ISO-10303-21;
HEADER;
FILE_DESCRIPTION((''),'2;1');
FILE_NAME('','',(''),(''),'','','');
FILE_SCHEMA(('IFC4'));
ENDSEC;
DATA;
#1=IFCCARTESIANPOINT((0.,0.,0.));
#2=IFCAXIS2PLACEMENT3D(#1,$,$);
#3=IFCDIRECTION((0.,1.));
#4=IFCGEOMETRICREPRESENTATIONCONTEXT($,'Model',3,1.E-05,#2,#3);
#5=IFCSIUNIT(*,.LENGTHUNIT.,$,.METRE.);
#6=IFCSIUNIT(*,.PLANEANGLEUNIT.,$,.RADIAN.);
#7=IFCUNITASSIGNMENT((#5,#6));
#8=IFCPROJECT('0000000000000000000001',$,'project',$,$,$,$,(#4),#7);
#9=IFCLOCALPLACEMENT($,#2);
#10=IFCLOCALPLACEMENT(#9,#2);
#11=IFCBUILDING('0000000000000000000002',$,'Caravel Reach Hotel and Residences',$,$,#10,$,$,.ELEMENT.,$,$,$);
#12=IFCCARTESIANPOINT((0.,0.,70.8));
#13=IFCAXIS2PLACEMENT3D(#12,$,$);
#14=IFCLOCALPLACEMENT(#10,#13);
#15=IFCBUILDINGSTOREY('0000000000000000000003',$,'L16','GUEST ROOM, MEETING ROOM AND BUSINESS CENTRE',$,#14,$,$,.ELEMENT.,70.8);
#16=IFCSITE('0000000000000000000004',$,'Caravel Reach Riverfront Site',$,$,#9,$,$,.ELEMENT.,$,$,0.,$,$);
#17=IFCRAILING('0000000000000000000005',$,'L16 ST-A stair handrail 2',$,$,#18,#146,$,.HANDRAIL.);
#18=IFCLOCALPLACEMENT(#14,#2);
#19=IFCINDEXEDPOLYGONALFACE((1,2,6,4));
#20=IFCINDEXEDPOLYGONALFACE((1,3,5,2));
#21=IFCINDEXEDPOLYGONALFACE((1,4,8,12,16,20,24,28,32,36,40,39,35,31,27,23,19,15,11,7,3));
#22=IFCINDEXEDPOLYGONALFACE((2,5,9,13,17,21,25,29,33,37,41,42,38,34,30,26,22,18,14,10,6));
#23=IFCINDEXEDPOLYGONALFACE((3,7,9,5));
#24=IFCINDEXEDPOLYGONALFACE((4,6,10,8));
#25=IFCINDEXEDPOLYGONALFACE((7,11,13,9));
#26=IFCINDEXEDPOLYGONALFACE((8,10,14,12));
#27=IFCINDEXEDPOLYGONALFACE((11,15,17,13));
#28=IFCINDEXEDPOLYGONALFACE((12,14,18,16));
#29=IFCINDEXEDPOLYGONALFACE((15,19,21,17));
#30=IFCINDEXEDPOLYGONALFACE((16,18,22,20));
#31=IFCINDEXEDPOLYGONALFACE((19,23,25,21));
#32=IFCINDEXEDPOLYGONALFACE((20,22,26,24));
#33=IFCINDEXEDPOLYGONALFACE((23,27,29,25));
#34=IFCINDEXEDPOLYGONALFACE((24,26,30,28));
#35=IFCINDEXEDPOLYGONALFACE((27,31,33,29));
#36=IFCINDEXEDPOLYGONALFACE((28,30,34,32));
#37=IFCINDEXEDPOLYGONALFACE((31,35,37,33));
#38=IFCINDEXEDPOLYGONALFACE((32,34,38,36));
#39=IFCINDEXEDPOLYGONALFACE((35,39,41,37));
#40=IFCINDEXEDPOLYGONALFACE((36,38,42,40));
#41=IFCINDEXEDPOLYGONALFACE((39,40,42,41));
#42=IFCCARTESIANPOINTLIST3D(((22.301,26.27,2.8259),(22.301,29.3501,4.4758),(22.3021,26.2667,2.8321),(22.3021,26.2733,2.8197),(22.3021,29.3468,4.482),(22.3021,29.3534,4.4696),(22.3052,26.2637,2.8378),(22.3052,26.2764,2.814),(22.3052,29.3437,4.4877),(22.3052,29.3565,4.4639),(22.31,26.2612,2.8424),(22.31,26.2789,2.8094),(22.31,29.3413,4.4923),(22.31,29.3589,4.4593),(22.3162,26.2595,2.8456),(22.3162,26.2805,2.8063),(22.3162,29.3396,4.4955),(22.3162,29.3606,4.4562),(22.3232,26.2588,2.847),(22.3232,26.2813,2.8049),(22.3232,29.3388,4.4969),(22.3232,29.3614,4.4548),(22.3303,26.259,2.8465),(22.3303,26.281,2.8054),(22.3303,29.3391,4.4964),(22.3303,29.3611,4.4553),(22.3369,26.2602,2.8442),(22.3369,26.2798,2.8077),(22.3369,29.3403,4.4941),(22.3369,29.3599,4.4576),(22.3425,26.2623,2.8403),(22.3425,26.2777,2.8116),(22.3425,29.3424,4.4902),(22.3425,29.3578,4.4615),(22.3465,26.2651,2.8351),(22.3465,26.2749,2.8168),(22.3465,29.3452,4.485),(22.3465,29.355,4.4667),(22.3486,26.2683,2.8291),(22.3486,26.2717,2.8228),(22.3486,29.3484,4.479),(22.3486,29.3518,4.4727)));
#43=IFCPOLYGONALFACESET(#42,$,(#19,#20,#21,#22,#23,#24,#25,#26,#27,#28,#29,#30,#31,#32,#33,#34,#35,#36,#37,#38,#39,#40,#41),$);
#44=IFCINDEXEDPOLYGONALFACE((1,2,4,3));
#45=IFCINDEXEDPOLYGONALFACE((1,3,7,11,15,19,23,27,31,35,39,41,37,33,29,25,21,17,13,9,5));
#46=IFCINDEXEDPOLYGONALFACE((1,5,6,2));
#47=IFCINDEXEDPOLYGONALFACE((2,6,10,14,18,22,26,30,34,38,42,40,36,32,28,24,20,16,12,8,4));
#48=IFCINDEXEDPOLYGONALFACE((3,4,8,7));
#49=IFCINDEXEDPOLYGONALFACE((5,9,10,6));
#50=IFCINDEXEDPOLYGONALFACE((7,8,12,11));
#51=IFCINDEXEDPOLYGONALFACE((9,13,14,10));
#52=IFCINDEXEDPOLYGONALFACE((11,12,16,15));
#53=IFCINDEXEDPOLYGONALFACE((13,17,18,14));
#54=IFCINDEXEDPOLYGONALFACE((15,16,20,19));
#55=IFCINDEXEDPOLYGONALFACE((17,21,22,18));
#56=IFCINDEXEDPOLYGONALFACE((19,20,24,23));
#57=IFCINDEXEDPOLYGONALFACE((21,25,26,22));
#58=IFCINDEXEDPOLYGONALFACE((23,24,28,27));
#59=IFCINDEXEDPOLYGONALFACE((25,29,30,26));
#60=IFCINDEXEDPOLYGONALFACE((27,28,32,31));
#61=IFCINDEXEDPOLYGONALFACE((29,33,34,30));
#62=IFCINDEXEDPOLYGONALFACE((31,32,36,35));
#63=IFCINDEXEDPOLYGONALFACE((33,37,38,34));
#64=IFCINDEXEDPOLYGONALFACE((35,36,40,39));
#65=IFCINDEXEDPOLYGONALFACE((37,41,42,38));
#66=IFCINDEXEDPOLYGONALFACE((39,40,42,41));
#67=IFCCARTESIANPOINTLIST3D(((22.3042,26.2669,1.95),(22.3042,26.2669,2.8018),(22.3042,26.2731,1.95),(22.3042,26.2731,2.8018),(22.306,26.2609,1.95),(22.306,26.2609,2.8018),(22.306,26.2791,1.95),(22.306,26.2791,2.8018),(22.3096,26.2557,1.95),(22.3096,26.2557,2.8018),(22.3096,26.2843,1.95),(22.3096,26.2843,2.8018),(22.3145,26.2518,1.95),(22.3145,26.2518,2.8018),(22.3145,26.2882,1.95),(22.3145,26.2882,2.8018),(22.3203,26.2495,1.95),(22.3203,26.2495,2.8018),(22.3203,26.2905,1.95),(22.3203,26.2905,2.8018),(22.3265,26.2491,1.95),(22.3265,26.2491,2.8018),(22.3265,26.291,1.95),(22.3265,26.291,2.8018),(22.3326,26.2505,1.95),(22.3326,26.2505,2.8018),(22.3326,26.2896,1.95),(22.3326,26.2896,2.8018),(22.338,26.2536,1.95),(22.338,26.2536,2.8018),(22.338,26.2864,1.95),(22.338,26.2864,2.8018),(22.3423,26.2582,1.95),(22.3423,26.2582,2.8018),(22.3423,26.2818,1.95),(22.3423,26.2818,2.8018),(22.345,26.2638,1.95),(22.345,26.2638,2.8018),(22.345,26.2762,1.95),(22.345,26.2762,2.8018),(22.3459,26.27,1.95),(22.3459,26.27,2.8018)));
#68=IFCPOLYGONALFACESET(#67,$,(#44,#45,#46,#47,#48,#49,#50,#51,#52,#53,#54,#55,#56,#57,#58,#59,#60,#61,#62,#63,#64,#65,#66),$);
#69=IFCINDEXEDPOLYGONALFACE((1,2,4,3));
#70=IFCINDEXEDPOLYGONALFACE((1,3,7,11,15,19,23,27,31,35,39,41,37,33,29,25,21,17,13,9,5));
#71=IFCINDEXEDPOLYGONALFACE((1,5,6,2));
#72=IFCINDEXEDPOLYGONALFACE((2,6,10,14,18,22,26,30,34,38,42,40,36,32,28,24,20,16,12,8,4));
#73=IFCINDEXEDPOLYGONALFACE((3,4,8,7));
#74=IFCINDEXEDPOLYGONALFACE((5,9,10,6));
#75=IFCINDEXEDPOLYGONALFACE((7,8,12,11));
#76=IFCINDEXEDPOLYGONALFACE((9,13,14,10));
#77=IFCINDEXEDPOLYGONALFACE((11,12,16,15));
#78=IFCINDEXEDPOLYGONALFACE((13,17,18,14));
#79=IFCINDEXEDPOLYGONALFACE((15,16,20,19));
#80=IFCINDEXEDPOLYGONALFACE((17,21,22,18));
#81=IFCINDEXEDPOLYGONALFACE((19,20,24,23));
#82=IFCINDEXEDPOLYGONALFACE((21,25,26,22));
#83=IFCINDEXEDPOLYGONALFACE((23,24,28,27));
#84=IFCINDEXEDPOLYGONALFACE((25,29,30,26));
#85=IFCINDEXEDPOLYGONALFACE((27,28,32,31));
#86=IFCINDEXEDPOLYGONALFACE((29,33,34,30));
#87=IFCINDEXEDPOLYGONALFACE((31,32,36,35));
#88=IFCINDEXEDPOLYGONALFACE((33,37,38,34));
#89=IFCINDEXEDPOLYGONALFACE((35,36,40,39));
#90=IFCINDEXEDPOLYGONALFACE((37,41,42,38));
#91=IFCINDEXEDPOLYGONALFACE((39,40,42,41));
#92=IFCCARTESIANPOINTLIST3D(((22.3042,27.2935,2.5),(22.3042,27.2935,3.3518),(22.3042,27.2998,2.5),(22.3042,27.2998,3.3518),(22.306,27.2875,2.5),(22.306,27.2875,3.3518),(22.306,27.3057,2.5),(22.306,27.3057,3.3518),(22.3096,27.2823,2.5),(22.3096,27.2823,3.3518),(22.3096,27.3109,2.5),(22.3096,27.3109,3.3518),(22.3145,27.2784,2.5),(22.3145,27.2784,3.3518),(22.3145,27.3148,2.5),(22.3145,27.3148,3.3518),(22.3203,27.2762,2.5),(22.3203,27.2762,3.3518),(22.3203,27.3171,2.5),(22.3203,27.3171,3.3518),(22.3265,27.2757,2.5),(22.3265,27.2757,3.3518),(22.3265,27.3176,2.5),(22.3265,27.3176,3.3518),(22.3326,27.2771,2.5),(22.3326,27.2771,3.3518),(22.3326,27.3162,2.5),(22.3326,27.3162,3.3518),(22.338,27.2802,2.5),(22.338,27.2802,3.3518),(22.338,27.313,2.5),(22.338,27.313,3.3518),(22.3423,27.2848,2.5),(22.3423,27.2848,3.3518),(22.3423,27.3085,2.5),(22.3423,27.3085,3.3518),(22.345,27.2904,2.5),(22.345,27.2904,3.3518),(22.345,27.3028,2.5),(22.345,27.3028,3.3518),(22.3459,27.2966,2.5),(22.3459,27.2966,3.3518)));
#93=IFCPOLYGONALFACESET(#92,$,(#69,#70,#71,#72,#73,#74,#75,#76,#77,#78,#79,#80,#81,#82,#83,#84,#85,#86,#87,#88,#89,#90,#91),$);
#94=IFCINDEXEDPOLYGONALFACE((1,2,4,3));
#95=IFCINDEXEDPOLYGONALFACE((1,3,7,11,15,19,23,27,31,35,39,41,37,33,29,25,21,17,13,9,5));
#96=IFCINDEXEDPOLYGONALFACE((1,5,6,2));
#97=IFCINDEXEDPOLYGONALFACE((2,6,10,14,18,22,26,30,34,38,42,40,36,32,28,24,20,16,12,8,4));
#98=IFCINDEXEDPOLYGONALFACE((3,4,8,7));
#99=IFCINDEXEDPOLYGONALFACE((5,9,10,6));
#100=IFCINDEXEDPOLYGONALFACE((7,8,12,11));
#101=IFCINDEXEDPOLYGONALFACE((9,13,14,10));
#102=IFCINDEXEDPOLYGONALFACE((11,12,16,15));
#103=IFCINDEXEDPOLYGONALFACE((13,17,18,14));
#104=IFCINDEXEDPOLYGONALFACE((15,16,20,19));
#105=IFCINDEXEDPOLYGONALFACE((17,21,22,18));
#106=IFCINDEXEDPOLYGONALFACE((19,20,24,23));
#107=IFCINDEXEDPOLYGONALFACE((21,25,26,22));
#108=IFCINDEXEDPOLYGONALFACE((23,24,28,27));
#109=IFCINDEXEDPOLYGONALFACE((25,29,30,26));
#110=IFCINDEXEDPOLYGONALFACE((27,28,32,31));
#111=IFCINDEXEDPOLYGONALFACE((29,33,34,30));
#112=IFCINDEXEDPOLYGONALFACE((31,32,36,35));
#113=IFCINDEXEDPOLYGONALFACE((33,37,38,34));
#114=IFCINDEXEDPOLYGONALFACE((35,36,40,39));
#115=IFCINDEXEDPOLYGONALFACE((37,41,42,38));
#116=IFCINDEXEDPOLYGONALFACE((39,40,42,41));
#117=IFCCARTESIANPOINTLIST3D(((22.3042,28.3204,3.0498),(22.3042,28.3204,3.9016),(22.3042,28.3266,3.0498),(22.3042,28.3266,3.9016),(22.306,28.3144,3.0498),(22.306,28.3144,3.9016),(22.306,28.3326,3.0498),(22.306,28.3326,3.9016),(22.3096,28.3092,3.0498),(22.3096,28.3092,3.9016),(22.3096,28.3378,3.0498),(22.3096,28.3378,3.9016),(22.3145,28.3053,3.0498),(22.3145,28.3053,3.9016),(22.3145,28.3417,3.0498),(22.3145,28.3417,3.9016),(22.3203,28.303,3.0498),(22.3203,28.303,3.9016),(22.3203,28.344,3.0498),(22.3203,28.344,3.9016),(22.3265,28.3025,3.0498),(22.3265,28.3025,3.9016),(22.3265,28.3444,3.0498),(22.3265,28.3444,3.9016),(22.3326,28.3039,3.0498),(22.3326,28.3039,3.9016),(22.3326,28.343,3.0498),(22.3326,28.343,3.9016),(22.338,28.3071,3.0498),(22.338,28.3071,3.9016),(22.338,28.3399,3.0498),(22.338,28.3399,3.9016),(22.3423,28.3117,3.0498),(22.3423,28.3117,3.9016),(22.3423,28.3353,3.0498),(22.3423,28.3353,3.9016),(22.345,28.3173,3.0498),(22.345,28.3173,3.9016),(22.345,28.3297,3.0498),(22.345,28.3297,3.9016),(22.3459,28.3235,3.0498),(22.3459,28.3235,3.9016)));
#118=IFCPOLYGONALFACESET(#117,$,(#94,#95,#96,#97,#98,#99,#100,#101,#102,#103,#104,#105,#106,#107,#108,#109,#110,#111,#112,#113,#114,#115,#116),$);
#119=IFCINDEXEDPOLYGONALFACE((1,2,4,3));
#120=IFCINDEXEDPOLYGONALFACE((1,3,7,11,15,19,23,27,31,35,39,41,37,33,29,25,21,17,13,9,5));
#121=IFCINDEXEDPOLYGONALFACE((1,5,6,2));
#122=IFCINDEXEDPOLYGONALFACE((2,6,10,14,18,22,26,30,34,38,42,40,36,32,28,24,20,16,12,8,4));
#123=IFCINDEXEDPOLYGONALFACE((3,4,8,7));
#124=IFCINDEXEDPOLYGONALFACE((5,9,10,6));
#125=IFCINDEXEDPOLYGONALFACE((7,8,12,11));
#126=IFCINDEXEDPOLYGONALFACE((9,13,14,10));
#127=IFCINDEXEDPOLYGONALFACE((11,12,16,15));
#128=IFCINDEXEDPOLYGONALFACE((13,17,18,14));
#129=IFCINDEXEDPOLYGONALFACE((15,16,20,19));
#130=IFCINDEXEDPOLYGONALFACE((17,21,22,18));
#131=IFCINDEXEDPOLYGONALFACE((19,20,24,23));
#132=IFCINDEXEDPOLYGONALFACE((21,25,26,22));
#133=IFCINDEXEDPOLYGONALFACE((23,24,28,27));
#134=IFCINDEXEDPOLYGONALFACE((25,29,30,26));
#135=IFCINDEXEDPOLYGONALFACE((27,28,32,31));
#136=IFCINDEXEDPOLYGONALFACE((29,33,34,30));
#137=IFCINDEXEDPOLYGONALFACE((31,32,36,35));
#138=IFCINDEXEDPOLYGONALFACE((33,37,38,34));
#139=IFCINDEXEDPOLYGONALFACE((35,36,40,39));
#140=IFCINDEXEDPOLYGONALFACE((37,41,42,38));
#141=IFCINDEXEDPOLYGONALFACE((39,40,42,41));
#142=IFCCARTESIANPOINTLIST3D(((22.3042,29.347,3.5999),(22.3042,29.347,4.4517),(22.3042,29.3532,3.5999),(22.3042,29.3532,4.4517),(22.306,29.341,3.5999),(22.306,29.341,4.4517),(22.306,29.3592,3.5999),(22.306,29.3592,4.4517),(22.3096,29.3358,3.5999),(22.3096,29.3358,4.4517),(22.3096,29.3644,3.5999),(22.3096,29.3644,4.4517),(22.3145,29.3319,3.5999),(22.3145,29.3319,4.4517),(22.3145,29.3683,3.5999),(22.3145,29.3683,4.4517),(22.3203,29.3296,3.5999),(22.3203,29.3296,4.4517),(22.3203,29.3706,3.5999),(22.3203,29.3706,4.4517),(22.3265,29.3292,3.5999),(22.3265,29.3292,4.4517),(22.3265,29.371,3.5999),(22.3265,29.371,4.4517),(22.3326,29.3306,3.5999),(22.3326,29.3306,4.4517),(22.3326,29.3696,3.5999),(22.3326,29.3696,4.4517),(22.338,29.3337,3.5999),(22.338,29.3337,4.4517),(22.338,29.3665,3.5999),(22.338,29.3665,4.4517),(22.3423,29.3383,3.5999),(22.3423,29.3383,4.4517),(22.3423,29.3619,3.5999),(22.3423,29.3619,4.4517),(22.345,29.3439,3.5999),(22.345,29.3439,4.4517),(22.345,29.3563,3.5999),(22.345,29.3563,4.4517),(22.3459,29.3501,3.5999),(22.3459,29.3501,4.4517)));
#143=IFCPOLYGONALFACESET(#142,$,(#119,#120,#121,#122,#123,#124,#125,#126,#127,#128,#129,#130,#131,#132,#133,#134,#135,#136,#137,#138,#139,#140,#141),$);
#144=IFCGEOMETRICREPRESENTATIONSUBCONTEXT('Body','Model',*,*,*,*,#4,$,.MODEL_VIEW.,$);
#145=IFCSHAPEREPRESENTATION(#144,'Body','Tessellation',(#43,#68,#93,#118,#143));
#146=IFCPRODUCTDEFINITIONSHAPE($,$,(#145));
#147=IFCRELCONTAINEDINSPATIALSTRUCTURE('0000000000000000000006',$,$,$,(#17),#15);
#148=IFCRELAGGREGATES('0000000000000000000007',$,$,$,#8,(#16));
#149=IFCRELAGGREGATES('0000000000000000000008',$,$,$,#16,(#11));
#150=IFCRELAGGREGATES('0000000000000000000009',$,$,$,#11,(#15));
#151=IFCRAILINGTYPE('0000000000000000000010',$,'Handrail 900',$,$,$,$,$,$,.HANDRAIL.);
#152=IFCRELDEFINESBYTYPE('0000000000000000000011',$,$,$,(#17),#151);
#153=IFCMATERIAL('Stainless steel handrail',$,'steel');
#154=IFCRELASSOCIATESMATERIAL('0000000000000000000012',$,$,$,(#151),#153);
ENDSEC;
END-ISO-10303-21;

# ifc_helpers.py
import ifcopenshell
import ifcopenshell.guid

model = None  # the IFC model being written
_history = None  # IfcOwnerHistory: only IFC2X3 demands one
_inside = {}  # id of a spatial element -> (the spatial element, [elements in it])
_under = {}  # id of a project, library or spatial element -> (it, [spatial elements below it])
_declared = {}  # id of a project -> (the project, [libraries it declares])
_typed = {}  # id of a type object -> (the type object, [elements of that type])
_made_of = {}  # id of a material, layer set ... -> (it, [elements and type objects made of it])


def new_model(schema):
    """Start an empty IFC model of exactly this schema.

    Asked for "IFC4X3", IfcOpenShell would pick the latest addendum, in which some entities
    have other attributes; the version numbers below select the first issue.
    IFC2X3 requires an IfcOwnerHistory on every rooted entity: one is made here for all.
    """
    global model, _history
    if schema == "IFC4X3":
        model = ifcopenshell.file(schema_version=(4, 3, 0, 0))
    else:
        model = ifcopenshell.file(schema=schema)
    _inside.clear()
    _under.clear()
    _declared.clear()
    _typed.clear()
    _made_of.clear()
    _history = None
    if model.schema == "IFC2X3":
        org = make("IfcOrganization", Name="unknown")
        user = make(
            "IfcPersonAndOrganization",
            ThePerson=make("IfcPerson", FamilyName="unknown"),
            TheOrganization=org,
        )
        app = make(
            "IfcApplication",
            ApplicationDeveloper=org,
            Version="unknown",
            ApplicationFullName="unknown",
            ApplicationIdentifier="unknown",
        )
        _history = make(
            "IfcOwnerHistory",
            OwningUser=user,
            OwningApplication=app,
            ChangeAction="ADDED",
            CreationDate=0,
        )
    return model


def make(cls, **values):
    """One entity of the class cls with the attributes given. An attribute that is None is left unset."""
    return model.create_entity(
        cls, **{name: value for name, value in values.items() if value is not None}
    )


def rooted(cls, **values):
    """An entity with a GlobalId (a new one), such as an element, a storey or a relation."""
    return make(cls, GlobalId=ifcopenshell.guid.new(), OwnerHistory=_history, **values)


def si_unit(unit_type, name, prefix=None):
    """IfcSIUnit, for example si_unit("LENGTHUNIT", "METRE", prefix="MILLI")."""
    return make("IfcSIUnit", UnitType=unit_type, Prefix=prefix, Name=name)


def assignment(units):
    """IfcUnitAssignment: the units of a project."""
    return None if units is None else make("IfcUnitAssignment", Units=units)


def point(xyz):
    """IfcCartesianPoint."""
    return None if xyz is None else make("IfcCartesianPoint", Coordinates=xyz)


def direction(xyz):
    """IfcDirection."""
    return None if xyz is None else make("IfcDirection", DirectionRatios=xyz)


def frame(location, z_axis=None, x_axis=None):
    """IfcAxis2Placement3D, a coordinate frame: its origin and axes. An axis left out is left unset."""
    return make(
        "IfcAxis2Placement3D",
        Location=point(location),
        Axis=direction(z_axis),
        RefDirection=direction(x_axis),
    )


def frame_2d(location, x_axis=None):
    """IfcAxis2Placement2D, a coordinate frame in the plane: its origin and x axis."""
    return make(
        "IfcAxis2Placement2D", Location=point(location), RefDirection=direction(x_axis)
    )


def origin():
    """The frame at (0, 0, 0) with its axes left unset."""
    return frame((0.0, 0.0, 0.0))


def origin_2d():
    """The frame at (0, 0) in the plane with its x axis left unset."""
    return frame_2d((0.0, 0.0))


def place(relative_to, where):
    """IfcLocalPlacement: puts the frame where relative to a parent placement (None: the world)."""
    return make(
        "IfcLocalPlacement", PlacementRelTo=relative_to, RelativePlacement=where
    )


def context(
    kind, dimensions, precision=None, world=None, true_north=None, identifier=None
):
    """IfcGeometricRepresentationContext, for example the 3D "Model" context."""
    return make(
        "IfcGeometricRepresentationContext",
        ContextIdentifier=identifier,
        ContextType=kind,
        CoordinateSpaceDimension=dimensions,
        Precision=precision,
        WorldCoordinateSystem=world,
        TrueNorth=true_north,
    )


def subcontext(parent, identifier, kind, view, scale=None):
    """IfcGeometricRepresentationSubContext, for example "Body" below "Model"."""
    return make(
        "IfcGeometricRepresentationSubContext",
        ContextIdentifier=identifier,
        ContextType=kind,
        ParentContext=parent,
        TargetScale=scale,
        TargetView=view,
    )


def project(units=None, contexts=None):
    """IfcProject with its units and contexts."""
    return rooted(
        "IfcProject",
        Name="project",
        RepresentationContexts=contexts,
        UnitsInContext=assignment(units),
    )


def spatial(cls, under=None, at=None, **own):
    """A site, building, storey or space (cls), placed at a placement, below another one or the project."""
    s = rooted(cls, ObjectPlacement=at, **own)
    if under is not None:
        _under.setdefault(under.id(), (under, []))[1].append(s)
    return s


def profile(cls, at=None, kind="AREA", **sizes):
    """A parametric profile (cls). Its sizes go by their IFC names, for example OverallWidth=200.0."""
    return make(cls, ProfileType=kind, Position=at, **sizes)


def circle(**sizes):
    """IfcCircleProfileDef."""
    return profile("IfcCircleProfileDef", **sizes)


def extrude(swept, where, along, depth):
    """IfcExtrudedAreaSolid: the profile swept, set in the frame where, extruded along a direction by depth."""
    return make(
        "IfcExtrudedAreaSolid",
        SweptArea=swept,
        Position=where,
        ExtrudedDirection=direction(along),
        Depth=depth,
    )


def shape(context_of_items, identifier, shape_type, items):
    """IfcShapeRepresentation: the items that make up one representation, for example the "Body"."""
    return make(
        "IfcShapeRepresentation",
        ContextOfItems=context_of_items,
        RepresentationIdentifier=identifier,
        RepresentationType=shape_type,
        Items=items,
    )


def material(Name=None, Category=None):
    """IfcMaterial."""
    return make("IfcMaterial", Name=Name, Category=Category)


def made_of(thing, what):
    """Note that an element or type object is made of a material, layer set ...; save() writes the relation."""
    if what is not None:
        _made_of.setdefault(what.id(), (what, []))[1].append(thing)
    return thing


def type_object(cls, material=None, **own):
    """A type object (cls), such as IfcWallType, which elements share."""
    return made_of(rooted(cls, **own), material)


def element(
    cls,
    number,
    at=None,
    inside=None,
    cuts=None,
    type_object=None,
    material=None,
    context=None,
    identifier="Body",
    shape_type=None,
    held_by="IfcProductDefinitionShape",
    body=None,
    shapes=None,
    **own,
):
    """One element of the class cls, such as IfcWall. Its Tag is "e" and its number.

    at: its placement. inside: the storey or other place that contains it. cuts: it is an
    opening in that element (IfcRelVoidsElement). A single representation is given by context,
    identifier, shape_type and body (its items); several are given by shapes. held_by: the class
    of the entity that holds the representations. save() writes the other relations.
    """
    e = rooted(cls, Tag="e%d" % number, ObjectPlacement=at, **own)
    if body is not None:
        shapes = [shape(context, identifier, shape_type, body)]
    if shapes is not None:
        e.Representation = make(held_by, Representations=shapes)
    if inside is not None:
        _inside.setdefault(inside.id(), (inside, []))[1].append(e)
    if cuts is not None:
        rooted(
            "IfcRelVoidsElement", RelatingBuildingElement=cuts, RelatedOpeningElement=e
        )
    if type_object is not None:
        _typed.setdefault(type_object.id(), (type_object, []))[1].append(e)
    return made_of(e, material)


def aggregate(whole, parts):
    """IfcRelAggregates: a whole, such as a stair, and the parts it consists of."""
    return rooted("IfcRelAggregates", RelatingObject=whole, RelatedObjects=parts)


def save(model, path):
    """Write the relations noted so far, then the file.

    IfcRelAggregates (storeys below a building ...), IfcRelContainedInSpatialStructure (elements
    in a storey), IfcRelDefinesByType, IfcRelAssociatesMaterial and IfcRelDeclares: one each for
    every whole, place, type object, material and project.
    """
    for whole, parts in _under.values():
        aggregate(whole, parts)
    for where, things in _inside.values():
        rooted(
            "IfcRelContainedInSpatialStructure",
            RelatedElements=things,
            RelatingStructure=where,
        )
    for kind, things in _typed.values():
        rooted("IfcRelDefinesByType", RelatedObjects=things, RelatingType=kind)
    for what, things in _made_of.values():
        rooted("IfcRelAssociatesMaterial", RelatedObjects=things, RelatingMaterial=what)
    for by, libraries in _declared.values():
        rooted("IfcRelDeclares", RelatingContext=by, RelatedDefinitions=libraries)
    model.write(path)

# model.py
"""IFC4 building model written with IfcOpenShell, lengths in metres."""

from ifc_helpers import new_model, si_unit, direction, frame, origin, origin_2d, place, context, subcontext, project, spatial, circle, extrude, material, type_object, element, save


model = new_model("IFC4")

# Units and contexts
model_context = context("Model", 3, precision=1e-05, world=origin(), true_north=direction((0.0, 1.0)))
body_context = subcontext(model_context, "Body", "Model", "MODEL_VIEW")
ifc_project = project(units=[si_unit("LENGTHUNIT", "METRE"), si_unit("PLANEANGLEUNIT", "RADIAN")], contexts=[model_context])

# Site, building, storey
site_placement = place(None, origin())
site = spatial("IfcSite", under=ifc_project, at=site_placement, Name="Caravel Reach Riverfront Site", CompositionType="ELEMENT", RefElevation=0.0)
building_placement = place(site_placement, origin())
building = spatial("IfcBuilding", under=site, at=building_placement, Name="Caravel Reach Hotel and Residences", CompositionType="ELEMENT")
storey_placement = place(building_placement, frame((0.0, 0.0, 70.8)))
storey = spatial("IfcBuildingStorey", under=building, at=storey_placement, Name="L16", Description="GUEST ROOM, MEETING ROOM AND BUSINESS CENTRE", CompositionType="ELEMENT", Elevation=70.8)

# Railing
ifc_material_1 = material(Name="Stainless steel handrail", Category="steel")
railing_type_1 = type_object("IfcRailingType", Name="Handrail 900", PredefinedType="HANDRAIL", material=ifc_material_1)
railing_1_placement = place(storey_placement, frame((22.325, 26.27, 1.95)))
element("IfcRailing", 1, at=railing_1_placement, inside=storey, type_object=railing_type_1, Name="L16 ST-A stair handrail 2", PredefinedType="HANDRAIL", context=body_context, shape_type="SweptSolid", body=[
    extrude(circle(Radius=0.0239, at=origin_2d()), frame((0.0, 0.0, 0.876), z_axis=(0.0, 0.881497, 0.47219), x_axis=(-1.0, 0.0, 0.0)), (0.0, 0.0, 1.0), 3.4941),
    extrude(circle(Radius=0.021, at=origin_2d()), origin(), (0.0, 0.0, 1.0), 0.8518),
    extrude(circle(Radius=0.021, at=origin_2d()), frame((0.0, 1.0266, 0.55)), (0.0, 0.0, 1.0), 0.8518),
    extrude(circle(Radius=0.021, at=origin_2d()), frame((0.0, 2.0535, 1.0999)), (0.0, 0.0, 1.0), 0.8518),
    extrude(circle(Radius=0.021, at=origin_2d()), frame((0.0, 3.0801, 1.6499)), (0.0, 0.0, 1.0), 0.8518),
])

save(model, "model.ifc")
